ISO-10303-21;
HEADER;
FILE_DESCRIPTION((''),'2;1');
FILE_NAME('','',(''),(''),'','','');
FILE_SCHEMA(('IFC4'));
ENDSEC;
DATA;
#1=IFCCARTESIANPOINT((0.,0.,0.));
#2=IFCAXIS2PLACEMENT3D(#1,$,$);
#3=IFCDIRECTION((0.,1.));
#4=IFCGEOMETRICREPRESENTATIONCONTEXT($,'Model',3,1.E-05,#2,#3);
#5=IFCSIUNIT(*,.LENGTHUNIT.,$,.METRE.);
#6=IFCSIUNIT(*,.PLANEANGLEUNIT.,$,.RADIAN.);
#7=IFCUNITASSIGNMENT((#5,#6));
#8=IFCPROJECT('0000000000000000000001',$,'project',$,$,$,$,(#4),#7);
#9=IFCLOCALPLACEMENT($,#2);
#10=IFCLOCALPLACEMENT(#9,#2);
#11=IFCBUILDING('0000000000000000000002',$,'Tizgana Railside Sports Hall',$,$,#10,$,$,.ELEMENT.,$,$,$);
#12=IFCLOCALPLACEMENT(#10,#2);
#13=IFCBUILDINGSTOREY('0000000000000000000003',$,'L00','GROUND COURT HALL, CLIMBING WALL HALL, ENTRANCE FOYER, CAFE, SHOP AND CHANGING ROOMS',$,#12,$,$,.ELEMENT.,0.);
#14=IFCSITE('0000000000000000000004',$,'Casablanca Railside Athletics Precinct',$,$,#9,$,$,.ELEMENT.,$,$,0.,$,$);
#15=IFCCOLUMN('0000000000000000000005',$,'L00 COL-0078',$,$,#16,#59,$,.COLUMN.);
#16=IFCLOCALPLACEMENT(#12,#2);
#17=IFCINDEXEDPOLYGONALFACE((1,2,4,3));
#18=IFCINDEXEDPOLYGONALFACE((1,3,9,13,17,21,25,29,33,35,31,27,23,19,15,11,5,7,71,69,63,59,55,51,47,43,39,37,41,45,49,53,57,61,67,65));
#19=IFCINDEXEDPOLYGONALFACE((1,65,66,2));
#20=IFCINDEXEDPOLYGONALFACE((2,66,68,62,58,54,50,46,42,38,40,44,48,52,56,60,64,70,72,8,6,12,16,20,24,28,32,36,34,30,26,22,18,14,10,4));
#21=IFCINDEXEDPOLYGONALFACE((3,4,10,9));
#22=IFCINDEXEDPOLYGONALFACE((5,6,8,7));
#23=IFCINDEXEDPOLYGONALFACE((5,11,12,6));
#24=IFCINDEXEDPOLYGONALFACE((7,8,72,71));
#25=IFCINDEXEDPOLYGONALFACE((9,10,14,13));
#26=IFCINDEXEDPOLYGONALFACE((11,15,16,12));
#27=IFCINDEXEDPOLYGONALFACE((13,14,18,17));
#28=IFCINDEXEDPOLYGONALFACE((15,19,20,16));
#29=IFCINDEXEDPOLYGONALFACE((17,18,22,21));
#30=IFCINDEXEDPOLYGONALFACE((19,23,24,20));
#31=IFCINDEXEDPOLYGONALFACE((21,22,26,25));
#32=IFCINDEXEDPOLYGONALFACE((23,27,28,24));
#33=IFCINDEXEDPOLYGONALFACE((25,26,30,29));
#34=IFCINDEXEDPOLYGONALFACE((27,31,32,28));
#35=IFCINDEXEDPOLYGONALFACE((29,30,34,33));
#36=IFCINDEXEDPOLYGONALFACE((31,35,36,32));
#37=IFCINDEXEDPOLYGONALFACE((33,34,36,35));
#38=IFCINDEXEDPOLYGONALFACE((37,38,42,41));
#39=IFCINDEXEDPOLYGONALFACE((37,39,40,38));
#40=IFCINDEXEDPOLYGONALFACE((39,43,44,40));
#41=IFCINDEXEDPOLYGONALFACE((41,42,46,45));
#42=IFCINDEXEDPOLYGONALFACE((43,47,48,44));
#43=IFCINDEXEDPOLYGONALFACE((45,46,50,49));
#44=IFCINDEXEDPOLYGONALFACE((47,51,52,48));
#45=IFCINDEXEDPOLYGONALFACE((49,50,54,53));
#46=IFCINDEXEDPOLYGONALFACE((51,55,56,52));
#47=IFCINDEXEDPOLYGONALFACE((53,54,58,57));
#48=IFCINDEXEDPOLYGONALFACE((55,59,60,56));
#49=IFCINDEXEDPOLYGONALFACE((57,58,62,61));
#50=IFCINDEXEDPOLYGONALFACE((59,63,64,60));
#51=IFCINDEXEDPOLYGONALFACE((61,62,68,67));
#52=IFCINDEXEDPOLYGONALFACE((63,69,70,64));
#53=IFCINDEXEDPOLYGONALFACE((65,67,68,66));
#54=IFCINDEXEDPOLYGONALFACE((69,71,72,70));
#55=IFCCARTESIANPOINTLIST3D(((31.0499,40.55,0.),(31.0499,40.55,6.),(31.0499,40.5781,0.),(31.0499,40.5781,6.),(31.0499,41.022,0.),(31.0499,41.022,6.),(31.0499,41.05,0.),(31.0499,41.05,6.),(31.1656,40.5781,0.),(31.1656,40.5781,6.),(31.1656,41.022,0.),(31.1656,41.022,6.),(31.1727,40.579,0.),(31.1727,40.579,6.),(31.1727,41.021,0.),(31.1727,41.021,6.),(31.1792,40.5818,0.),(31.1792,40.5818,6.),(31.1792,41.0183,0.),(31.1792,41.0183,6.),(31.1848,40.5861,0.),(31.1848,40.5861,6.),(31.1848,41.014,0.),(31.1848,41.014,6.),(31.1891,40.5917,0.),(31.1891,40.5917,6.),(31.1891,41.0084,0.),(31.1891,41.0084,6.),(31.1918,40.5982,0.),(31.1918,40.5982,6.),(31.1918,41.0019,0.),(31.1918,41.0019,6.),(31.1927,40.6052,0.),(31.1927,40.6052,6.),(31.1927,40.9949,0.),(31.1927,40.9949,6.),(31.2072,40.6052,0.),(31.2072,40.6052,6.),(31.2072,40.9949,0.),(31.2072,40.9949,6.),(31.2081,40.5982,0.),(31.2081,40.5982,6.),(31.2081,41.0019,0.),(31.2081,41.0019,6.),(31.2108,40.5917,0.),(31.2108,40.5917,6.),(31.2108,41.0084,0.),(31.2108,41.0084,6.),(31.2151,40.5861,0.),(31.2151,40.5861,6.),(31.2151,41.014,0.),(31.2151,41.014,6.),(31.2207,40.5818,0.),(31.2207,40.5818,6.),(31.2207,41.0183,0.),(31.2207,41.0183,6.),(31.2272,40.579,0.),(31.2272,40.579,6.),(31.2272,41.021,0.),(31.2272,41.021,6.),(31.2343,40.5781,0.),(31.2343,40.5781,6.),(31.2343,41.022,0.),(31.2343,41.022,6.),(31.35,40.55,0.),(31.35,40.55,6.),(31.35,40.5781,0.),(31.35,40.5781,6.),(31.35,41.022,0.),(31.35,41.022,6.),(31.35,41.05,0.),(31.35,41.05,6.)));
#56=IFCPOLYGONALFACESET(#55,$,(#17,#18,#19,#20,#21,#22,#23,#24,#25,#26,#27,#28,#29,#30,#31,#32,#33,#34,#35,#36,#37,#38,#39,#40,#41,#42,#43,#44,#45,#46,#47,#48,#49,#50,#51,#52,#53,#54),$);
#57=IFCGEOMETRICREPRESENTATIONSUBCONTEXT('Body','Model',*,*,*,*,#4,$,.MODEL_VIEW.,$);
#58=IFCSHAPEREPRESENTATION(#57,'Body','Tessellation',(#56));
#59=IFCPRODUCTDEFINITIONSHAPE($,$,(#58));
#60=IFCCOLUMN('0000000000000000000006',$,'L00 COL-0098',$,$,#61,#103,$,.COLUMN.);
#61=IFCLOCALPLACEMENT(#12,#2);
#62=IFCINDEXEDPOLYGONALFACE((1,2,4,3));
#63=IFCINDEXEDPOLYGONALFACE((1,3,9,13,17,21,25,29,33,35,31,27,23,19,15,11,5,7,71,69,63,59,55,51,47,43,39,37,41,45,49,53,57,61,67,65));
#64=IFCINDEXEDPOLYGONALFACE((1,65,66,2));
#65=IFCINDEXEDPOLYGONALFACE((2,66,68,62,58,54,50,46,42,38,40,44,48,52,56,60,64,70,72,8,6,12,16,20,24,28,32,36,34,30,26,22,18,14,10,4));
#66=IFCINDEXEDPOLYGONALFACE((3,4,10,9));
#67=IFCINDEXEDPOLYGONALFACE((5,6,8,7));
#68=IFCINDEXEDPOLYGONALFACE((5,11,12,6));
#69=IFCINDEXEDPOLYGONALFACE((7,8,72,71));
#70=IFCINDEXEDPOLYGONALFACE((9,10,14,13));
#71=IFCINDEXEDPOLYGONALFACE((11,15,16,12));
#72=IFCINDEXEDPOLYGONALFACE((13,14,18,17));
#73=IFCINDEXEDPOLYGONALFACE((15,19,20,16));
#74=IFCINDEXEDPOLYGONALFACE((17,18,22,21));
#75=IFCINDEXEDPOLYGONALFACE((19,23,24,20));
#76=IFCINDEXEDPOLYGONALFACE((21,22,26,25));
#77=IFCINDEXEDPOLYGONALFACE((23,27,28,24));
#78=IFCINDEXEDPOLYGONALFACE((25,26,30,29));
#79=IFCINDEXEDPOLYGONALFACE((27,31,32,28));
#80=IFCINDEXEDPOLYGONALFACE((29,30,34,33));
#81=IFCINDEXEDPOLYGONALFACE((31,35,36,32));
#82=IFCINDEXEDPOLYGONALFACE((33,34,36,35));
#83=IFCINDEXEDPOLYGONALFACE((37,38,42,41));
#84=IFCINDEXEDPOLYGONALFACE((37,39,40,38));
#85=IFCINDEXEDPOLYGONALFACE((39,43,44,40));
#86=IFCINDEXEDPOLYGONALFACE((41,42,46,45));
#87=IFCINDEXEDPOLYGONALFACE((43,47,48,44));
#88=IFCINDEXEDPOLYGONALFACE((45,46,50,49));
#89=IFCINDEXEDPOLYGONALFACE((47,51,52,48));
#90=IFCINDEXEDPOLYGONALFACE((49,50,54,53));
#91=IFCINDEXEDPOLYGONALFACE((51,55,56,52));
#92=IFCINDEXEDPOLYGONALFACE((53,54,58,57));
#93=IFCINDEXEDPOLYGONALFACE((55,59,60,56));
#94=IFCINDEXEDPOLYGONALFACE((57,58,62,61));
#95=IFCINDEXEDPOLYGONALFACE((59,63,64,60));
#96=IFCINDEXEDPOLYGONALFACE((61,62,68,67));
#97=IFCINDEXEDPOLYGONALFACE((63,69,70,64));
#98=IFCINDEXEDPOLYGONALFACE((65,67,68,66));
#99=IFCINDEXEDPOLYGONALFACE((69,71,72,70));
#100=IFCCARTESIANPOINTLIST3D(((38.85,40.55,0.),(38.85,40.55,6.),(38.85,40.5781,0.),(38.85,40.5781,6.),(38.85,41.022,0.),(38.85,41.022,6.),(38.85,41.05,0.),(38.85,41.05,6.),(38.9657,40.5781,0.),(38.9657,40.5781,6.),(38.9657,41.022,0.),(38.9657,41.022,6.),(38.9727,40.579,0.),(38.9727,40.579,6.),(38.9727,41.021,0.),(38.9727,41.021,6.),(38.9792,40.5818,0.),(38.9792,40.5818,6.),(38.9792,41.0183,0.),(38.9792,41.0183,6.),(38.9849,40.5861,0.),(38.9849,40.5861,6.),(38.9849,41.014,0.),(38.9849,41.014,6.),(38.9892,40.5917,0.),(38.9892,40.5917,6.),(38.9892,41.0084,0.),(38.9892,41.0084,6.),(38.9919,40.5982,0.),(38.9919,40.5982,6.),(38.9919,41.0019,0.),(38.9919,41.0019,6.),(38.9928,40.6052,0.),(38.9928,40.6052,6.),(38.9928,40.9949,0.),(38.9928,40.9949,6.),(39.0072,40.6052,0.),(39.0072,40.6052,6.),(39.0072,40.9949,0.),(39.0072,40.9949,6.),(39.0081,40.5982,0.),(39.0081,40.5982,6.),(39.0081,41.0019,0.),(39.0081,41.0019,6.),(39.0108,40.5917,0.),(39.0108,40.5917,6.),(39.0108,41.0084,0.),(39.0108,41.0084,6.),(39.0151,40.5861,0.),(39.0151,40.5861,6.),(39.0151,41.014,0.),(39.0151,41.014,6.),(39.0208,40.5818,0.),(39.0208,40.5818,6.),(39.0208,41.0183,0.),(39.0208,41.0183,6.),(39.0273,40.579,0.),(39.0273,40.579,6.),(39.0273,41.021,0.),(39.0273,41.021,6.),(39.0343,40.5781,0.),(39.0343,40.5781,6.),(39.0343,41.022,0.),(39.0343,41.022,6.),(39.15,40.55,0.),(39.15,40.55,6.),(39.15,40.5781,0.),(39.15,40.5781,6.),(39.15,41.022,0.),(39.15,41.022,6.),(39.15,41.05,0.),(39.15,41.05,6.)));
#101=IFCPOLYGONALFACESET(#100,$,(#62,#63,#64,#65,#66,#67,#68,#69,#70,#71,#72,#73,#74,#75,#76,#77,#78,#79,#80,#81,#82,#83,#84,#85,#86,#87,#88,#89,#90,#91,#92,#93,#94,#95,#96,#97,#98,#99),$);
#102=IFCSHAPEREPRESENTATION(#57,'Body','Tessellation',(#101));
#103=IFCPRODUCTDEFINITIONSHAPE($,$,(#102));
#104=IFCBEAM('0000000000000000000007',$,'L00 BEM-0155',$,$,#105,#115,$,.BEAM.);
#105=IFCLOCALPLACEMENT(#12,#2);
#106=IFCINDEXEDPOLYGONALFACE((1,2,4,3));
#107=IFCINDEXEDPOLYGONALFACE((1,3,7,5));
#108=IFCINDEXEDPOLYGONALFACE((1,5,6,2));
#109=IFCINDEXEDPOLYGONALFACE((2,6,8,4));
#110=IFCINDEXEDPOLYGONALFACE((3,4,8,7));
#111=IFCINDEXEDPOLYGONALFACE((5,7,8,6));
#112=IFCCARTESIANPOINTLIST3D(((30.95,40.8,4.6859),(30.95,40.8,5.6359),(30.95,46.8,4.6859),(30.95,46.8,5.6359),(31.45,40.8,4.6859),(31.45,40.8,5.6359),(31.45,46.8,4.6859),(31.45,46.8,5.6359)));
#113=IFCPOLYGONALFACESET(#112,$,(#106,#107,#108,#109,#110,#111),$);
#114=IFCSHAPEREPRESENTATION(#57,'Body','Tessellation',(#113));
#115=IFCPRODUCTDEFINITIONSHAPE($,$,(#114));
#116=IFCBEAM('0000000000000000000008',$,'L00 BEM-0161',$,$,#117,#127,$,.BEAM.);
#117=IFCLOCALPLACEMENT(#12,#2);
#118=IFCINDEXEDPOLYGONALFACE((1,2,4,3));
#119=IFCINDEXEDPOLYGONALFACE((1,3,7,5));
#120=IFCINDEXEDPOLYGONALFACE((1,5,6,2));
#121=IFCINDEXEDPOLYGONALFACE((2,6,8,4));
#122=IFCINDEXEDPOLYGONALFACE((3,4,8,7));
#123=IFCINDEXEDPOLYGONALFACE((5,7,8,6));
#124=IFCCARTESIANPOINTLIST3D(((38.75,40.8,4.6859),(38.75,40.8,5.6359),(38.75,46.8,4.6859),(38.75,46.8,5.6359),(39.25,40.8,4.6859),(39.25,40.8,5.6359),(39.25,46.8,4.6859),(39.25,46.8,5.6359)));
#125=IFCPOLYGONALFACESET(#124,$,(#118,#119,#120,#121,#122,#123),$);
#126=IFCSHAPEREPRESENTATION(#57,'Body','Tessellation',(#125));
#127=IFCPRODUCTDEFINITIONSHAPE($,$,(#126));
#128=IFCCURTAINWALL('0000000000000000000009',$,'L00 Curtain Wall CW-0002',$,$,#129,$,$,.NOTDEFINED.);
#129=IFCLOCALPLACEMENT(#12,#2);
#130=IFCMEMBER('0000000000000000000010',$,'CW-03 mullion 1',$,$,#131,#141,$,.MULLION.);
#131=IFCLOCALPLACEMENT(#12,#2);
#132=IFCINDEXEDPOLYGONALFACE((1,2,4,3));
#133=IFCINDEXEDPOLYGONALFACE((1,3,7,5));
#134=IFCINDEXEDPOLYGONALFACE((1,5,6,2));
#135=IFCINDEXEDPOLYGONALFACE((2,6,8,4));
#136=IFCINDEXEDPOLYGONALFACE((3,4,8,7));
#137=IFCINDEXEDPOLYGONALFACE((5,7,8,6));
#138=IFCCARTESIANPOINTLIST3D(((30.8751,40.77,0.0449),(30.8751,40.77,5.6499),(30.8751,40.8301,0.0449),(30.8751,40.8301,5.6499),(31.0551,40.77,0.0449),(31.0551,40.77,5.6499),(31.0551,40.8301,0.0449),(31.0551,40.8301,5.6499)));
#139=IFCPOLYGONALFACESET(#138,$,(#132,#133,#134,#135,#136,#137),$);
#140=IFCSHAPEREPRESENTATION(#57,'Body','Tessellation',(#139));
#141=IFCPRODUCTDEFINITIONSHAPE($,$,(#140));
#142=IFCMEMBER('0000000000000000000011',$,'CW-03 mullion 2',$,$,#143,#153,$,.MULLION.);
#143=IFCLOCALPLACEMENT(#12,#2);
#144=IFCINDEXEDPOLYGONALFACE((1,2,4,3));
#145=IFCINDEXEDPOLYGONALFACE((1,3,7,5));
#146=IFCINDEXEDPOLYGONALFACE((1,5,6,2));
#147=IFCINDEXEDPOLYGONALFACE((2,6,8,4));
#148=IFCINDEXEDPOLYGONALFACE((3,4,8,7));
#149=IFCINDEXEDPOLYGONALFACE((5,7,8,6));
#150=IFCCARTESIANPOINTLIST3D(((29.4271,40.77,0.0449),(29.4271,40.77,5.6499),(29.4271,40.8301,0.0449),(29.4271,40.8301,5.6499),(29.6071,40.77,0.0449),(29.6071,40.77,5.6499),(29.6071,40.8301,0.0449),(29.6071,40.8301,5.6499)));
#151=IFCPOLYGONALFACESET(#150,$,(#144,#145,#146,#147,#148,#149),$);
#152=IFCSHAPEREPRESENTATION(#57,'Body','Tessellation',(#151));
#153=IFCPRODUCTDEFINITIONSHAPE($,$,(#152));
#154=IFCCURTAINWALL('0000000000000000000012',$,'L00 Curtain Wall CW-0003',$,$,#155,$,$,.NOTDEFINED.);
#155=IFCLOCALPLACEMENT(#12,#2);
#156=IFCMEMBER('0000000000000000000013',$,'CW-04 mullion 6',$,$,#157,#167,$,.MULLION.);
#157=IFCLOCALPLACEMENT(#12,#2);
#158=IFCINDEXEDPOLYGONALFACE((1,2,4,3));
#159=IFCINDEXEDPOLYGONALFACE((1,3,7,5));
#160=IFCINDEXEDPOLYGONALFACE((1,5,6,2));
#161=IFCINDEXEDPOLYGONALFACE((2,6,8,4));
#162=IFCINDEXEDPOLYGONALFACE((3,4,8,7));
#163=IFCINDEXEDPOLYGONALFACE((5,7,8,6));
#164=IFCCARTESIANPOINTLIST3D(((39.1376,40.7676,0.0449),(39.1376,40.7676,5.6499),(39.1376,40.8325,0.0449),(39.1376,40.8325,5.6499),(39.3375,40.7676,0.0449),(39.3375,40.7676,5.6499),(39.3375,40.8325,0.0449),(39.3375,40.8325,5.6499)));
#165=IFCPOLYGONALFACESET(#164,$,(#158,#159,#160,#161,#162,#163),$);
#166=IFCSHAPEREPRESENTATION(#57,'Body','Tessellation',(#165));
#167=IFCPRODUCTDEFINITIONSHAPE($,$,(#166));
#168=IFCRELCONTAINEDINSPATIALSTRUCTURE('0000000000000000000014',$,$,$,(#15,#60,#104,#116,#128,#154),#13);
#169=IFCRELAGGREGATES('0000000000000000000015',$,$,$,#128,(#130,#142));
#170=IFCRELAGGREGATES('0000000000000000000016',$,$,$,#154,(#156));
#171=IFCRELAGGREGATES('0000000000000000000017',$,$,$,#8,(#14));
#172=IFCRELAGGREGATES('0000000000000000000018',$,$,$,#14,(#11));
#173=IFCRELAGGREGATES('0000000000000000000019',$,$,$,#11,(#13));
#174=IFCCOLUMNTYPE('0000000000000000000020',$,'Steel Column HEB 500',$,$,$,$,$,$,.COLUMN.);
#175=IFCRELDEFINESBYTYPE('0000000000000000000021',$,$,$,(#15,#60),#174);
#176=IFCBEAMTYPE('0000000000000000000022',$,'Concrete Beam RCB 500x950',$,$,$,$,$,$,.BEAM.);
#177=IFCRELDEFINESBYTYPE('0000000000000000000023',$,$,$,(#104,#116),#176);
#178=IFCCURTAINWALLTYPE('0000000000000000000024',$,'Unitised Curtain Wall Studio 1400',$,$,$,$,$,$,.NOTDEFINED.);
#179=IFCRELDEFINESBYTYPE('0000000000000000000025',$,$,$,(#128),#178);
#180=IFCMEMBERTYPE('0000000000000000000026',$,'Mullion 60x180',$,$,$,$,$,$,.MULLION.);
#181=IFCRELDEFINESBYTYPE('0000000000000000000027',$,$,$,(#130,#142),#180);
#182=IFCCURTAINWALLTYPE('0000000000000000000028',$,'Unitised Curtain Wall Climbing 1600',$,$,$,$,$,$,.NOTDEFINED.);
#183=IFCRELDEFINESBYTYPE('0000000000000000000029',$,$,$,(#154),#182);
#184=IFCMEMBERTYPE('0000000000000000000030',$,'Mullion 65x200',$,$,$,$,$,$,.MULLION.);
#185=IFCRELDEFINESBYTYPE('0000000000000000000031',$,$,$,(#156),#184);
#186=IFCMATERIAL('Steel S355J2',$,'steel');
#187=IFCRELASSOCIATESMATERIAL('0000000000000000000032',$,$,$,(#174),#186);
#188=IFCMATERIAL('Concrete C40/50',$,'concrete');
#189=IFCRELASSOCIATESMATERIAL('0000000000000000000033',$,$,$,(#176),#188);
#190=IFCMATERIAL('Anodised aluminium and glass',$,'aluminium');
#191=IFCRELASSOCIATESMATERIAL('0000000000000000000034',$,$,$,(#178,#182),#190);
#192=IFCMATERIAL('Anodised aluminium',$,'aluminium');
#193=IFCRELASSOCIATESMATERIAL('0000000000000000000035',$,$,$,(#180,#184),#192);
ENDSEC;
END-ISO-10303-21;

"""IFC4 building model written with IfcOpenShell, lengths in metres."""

from ifc_helpers import new_model, si_unit, direction, frame, origin, origin_2d, place, context, subcontext, project, spatial, rectangle, i_section, extrude, material, material_profile, profile_set, type_object, element, aggregate, save


model = new_model("IFC4")

# Units and contexts
model_context = context("Model", 3, precision=1e-05, world=origin(), true_north=direction((0.0, 1.0)))
body_context = subcontext(model_context, "Body", "Model", "MODEL_VIEW")
ifc_project = project(units=[si_unit("LENGTHUNIT", "METRE"), si_unit("PLANEANGLEUNIT", "RADIAN")], contexts=[model_context])

# Site, building, storey
site_placement = place(None, origin())
site = spatial("IfcSite", under=ifc_project, at=site_placement, Name="Casablanca Railside Athletics Precinct", CompositionType="ELEMENT", RefElevation=0.0)
building_placement = place(site_placement, origin())
building = spatial("IfcBuilding", under=site, at=building_placement, Name="Tizgana Railside Sports Hall", CompositionType="ELEMENT")
storey_placement = place(building_placement, origin())
storey = spatial("IfcBuildingStorey", under=building, at=storey_placement, Name="L00", Description="GROUND COURT HALL, CLIMBING WALL HALL, ENTRANCE FOYER, CAFE, SHOP AND CHANGING ROOMS", CompositionType="ELEMENT", Elevation=0.0)

# Columns
ifc_material_1 = material(Name="Steel S355J2", Category="steel")
ifc_material_profile_1 = material_profile(ifc_material_1, i_section(OverallWidth=0.3, OverallDepth=0.5, WebThickness=0.0144, FlangeThickness=0.0281, FilletRadius=0.0271, at=origin_2d()), Name="HEB 500")
ifc_profile_set_1 = profile_set([ifc_material_profile_1], Name="Steel S355J2")
column_type = type_object("IfcColumnType", Name="Steel Column HEB 500", PredefinedType="COLUMN", material=ifc_profile_set_1)
for number, where, z_axis, x_axis, name in (
    (1, (31.2, 40.8, 0.0), (0.0, 0.0, 1.0), (1.0, 0.0, 0.0), "L00 COL-0078"),
    (2, (39.0, 40.8, 0.0), (0.0, 0.0, 1.0), (1.0, 0.0, 0.0), "L00 COL-0098"),
):
    element("IfcColumn", number, at=place(storey_placement, frame(where, z_axis=z_axis, x_axis=x_axis)), inside=storey, type_object=column_type, Name=name, PredefinedType="COLUMN", context=body_context, shape_type="SweptSolid", body=[
        extrude(i_section(OverallWidth=0.3, OverallDepth=0.5, WebThickness=0.0144, FlangeThickness=0.0281, FilletRadius=0.0271, at=origin_2d()), origin(), (0.0, 0.0, 1.0), 6.0),
    ])

# Beams
ifc_material_2 = material(Name="Concrete C40/50", Category="concrete")
ifc_material_profile_2 = material_profile(ifc_material_2, rectangle(XDim=0.5, YDim=0.95, at=origin_2d()), Name="RCB 500x950")
ifc_profile_set_2 = profile_set([ifc_material_profile_2], Name="Concrete C40/50")
beam_type_1 = type_object("IfcBeamType", Name="Concrete Beam RCB 500x950", PredefinedType="BEAM", material=ifc_profile_set_2)
for number, where, z_axis, x_axis, name in (
    (3, (31.2, 40.8, 5.1609), (0.0, 1.0, 0.0), (-1.0, 0.0, 0.0), "L00 BEM-0155"),
    (4, (39.0, 40.8, 5.1609), (0.0, 1.0, 0.0), (-1.0, 0.0, 0.0), "L00 BEM-0161"),
):
    element("IfcBeam", number, at=place(storey_placement, frame(where, z_axis=z_axis, x_axis=x_axis)), inside=storey, type_object=beam_type_1, Name=name, PredefinedType="BEAM", context=body_context, shape_type="SweptSolid", body=[
        extrude(rectangle(XDim=0.5, YDim=0.95, at=origin_2d()), origin(), (0.0, 0.0, 1.0), 6.0),
    ])

# Curtain wall, members
ifc_material_3 = material(Name="Anodised aluminium and glass", Category="aluminium")
curtain_wall_type_1 = type_object("IfcCurtainWallType", Name="Unitised Curtain Wall Studio 1400", PredefinedType="NOTDEFINED", material=ifc_material_3)
curtain_wall_1_placement = place(storey_placement, origin())
curtain_wall_1 = element("IfcCurtainWall", 5, at=curtain_wall_1_placement, inside=storey, type_object=curtain_wall_type_1, Name="L00 Curtain Wall CW-0002", PredefinedType="NOTDEFINED")
ifc_material_4 = material(Name="Anodised aluminium", Category="aluminium")
ifc_material_profile_3 = material_profile(ifc_material_4, rectangle(XDim=0.0601, YDim=0.1799, at=origin_2d()), Name="Mullion 60x180")
ifc_profile_set_3 = profile_set([ifc_material_profile_3], Name="Anodised aluminium")
member_type_1 = type_object("IfcMemberType", Name="Mullion 60x180", PredefinedType="MULLION", material=ifc_profile_set_3)
member_1_placement = place(storey_placement, frame((30.9651, 40.8, 0.0449), z_axis=(0.0, 0.0, 1.0), x_axis=(0.0, -1.0, 0.0)))
member_1 = element("IfcMember", 6, at=member_1_placement, type_object=member_type_1, Name="CW-03 mullion 1", PredefinedType="MULLION", context=body_context, shape_type="SweptSolid", body=[
    extrude(rectangle(XDim=0.0601, YDim=0.1799, at=origin_2d()), origin(), (0.0, 0.0, 1.0), 5.605),
])
member_2_placement = place(storey_placement, frame((29.5171, 40.8, 0.0449), z_axis=(0.0, 0.0, 1.0), x_axis=(0.0, -1.0, 0.0)))
member_2 = element("IfcMember", 7, at=member_2_placement, type_object=member_type_1, Name="CW-03 mullion 2", PredefinedType="MULLION", context=body_context, shape_type="SweptSolid", body=[
    extrude(rectangle(XDim=0.0601, YDim=0.1799, at=origin_2d()), origin(), (0.0, 0.0, 1.0), 5.605),
])

# Curtain wall, member
curtain_wall_type_2 = type_object("IfcCurtainWallType", Name="Unitised Curtain Wall Climbing 1600", PredefinedType="NOTDEFINED", material=ifc_material_3)
curtain_wall_2_placement = place(storey_placement, origin())
curtain_wall_2 = element("IfcCurtainWall", 8, at=curtain_wall_2_placement, inside=storey, type_object=curtain_wall_type_2, Name="L00 Curtain Wall CW-0003", PredefinedType="NOTDEFINED")
ifc_material_profile_4 = material_profile(ifc_material_4, rectangle(XDim=0.0649, YDim=0.2, at=origin_2d()), Name="Mullion 65x200")
ifc_profile_set_4 = profile_set([ifc_material_profile_4], Name="Anodised aluminium")
member_type_2 = type_object("IfcMemberType", Name="Mullion 65x200", PredefinedType="MULLION", material=ifc_profile_set_4)
member_3_placement = place(storey_placement, frame((39.2375, 40.8, 0.0449), z_axis=(0.0, 0.0, 1.0), x_axis=(0.0, -1.0, 0.0)))
member_3 = element("IfcMember", 9, at=member_3_placement, type_object=member_type_2, Name="CW-04 mullion 6", PredefinedType="MULLION", context=body_context, shape_type="SweptSolid", body=[
    extrude(rectangle(XDim=0.0649, YDim=0.2, at=origin_2d()), origin(), (0.0, 0.0, 1.0), 5.605),
])

aggregate(curtain_wall_1, [member_1, member_2])
aggregate(curtain_wall_2, [member_3])

save(model, "model.ifc")
